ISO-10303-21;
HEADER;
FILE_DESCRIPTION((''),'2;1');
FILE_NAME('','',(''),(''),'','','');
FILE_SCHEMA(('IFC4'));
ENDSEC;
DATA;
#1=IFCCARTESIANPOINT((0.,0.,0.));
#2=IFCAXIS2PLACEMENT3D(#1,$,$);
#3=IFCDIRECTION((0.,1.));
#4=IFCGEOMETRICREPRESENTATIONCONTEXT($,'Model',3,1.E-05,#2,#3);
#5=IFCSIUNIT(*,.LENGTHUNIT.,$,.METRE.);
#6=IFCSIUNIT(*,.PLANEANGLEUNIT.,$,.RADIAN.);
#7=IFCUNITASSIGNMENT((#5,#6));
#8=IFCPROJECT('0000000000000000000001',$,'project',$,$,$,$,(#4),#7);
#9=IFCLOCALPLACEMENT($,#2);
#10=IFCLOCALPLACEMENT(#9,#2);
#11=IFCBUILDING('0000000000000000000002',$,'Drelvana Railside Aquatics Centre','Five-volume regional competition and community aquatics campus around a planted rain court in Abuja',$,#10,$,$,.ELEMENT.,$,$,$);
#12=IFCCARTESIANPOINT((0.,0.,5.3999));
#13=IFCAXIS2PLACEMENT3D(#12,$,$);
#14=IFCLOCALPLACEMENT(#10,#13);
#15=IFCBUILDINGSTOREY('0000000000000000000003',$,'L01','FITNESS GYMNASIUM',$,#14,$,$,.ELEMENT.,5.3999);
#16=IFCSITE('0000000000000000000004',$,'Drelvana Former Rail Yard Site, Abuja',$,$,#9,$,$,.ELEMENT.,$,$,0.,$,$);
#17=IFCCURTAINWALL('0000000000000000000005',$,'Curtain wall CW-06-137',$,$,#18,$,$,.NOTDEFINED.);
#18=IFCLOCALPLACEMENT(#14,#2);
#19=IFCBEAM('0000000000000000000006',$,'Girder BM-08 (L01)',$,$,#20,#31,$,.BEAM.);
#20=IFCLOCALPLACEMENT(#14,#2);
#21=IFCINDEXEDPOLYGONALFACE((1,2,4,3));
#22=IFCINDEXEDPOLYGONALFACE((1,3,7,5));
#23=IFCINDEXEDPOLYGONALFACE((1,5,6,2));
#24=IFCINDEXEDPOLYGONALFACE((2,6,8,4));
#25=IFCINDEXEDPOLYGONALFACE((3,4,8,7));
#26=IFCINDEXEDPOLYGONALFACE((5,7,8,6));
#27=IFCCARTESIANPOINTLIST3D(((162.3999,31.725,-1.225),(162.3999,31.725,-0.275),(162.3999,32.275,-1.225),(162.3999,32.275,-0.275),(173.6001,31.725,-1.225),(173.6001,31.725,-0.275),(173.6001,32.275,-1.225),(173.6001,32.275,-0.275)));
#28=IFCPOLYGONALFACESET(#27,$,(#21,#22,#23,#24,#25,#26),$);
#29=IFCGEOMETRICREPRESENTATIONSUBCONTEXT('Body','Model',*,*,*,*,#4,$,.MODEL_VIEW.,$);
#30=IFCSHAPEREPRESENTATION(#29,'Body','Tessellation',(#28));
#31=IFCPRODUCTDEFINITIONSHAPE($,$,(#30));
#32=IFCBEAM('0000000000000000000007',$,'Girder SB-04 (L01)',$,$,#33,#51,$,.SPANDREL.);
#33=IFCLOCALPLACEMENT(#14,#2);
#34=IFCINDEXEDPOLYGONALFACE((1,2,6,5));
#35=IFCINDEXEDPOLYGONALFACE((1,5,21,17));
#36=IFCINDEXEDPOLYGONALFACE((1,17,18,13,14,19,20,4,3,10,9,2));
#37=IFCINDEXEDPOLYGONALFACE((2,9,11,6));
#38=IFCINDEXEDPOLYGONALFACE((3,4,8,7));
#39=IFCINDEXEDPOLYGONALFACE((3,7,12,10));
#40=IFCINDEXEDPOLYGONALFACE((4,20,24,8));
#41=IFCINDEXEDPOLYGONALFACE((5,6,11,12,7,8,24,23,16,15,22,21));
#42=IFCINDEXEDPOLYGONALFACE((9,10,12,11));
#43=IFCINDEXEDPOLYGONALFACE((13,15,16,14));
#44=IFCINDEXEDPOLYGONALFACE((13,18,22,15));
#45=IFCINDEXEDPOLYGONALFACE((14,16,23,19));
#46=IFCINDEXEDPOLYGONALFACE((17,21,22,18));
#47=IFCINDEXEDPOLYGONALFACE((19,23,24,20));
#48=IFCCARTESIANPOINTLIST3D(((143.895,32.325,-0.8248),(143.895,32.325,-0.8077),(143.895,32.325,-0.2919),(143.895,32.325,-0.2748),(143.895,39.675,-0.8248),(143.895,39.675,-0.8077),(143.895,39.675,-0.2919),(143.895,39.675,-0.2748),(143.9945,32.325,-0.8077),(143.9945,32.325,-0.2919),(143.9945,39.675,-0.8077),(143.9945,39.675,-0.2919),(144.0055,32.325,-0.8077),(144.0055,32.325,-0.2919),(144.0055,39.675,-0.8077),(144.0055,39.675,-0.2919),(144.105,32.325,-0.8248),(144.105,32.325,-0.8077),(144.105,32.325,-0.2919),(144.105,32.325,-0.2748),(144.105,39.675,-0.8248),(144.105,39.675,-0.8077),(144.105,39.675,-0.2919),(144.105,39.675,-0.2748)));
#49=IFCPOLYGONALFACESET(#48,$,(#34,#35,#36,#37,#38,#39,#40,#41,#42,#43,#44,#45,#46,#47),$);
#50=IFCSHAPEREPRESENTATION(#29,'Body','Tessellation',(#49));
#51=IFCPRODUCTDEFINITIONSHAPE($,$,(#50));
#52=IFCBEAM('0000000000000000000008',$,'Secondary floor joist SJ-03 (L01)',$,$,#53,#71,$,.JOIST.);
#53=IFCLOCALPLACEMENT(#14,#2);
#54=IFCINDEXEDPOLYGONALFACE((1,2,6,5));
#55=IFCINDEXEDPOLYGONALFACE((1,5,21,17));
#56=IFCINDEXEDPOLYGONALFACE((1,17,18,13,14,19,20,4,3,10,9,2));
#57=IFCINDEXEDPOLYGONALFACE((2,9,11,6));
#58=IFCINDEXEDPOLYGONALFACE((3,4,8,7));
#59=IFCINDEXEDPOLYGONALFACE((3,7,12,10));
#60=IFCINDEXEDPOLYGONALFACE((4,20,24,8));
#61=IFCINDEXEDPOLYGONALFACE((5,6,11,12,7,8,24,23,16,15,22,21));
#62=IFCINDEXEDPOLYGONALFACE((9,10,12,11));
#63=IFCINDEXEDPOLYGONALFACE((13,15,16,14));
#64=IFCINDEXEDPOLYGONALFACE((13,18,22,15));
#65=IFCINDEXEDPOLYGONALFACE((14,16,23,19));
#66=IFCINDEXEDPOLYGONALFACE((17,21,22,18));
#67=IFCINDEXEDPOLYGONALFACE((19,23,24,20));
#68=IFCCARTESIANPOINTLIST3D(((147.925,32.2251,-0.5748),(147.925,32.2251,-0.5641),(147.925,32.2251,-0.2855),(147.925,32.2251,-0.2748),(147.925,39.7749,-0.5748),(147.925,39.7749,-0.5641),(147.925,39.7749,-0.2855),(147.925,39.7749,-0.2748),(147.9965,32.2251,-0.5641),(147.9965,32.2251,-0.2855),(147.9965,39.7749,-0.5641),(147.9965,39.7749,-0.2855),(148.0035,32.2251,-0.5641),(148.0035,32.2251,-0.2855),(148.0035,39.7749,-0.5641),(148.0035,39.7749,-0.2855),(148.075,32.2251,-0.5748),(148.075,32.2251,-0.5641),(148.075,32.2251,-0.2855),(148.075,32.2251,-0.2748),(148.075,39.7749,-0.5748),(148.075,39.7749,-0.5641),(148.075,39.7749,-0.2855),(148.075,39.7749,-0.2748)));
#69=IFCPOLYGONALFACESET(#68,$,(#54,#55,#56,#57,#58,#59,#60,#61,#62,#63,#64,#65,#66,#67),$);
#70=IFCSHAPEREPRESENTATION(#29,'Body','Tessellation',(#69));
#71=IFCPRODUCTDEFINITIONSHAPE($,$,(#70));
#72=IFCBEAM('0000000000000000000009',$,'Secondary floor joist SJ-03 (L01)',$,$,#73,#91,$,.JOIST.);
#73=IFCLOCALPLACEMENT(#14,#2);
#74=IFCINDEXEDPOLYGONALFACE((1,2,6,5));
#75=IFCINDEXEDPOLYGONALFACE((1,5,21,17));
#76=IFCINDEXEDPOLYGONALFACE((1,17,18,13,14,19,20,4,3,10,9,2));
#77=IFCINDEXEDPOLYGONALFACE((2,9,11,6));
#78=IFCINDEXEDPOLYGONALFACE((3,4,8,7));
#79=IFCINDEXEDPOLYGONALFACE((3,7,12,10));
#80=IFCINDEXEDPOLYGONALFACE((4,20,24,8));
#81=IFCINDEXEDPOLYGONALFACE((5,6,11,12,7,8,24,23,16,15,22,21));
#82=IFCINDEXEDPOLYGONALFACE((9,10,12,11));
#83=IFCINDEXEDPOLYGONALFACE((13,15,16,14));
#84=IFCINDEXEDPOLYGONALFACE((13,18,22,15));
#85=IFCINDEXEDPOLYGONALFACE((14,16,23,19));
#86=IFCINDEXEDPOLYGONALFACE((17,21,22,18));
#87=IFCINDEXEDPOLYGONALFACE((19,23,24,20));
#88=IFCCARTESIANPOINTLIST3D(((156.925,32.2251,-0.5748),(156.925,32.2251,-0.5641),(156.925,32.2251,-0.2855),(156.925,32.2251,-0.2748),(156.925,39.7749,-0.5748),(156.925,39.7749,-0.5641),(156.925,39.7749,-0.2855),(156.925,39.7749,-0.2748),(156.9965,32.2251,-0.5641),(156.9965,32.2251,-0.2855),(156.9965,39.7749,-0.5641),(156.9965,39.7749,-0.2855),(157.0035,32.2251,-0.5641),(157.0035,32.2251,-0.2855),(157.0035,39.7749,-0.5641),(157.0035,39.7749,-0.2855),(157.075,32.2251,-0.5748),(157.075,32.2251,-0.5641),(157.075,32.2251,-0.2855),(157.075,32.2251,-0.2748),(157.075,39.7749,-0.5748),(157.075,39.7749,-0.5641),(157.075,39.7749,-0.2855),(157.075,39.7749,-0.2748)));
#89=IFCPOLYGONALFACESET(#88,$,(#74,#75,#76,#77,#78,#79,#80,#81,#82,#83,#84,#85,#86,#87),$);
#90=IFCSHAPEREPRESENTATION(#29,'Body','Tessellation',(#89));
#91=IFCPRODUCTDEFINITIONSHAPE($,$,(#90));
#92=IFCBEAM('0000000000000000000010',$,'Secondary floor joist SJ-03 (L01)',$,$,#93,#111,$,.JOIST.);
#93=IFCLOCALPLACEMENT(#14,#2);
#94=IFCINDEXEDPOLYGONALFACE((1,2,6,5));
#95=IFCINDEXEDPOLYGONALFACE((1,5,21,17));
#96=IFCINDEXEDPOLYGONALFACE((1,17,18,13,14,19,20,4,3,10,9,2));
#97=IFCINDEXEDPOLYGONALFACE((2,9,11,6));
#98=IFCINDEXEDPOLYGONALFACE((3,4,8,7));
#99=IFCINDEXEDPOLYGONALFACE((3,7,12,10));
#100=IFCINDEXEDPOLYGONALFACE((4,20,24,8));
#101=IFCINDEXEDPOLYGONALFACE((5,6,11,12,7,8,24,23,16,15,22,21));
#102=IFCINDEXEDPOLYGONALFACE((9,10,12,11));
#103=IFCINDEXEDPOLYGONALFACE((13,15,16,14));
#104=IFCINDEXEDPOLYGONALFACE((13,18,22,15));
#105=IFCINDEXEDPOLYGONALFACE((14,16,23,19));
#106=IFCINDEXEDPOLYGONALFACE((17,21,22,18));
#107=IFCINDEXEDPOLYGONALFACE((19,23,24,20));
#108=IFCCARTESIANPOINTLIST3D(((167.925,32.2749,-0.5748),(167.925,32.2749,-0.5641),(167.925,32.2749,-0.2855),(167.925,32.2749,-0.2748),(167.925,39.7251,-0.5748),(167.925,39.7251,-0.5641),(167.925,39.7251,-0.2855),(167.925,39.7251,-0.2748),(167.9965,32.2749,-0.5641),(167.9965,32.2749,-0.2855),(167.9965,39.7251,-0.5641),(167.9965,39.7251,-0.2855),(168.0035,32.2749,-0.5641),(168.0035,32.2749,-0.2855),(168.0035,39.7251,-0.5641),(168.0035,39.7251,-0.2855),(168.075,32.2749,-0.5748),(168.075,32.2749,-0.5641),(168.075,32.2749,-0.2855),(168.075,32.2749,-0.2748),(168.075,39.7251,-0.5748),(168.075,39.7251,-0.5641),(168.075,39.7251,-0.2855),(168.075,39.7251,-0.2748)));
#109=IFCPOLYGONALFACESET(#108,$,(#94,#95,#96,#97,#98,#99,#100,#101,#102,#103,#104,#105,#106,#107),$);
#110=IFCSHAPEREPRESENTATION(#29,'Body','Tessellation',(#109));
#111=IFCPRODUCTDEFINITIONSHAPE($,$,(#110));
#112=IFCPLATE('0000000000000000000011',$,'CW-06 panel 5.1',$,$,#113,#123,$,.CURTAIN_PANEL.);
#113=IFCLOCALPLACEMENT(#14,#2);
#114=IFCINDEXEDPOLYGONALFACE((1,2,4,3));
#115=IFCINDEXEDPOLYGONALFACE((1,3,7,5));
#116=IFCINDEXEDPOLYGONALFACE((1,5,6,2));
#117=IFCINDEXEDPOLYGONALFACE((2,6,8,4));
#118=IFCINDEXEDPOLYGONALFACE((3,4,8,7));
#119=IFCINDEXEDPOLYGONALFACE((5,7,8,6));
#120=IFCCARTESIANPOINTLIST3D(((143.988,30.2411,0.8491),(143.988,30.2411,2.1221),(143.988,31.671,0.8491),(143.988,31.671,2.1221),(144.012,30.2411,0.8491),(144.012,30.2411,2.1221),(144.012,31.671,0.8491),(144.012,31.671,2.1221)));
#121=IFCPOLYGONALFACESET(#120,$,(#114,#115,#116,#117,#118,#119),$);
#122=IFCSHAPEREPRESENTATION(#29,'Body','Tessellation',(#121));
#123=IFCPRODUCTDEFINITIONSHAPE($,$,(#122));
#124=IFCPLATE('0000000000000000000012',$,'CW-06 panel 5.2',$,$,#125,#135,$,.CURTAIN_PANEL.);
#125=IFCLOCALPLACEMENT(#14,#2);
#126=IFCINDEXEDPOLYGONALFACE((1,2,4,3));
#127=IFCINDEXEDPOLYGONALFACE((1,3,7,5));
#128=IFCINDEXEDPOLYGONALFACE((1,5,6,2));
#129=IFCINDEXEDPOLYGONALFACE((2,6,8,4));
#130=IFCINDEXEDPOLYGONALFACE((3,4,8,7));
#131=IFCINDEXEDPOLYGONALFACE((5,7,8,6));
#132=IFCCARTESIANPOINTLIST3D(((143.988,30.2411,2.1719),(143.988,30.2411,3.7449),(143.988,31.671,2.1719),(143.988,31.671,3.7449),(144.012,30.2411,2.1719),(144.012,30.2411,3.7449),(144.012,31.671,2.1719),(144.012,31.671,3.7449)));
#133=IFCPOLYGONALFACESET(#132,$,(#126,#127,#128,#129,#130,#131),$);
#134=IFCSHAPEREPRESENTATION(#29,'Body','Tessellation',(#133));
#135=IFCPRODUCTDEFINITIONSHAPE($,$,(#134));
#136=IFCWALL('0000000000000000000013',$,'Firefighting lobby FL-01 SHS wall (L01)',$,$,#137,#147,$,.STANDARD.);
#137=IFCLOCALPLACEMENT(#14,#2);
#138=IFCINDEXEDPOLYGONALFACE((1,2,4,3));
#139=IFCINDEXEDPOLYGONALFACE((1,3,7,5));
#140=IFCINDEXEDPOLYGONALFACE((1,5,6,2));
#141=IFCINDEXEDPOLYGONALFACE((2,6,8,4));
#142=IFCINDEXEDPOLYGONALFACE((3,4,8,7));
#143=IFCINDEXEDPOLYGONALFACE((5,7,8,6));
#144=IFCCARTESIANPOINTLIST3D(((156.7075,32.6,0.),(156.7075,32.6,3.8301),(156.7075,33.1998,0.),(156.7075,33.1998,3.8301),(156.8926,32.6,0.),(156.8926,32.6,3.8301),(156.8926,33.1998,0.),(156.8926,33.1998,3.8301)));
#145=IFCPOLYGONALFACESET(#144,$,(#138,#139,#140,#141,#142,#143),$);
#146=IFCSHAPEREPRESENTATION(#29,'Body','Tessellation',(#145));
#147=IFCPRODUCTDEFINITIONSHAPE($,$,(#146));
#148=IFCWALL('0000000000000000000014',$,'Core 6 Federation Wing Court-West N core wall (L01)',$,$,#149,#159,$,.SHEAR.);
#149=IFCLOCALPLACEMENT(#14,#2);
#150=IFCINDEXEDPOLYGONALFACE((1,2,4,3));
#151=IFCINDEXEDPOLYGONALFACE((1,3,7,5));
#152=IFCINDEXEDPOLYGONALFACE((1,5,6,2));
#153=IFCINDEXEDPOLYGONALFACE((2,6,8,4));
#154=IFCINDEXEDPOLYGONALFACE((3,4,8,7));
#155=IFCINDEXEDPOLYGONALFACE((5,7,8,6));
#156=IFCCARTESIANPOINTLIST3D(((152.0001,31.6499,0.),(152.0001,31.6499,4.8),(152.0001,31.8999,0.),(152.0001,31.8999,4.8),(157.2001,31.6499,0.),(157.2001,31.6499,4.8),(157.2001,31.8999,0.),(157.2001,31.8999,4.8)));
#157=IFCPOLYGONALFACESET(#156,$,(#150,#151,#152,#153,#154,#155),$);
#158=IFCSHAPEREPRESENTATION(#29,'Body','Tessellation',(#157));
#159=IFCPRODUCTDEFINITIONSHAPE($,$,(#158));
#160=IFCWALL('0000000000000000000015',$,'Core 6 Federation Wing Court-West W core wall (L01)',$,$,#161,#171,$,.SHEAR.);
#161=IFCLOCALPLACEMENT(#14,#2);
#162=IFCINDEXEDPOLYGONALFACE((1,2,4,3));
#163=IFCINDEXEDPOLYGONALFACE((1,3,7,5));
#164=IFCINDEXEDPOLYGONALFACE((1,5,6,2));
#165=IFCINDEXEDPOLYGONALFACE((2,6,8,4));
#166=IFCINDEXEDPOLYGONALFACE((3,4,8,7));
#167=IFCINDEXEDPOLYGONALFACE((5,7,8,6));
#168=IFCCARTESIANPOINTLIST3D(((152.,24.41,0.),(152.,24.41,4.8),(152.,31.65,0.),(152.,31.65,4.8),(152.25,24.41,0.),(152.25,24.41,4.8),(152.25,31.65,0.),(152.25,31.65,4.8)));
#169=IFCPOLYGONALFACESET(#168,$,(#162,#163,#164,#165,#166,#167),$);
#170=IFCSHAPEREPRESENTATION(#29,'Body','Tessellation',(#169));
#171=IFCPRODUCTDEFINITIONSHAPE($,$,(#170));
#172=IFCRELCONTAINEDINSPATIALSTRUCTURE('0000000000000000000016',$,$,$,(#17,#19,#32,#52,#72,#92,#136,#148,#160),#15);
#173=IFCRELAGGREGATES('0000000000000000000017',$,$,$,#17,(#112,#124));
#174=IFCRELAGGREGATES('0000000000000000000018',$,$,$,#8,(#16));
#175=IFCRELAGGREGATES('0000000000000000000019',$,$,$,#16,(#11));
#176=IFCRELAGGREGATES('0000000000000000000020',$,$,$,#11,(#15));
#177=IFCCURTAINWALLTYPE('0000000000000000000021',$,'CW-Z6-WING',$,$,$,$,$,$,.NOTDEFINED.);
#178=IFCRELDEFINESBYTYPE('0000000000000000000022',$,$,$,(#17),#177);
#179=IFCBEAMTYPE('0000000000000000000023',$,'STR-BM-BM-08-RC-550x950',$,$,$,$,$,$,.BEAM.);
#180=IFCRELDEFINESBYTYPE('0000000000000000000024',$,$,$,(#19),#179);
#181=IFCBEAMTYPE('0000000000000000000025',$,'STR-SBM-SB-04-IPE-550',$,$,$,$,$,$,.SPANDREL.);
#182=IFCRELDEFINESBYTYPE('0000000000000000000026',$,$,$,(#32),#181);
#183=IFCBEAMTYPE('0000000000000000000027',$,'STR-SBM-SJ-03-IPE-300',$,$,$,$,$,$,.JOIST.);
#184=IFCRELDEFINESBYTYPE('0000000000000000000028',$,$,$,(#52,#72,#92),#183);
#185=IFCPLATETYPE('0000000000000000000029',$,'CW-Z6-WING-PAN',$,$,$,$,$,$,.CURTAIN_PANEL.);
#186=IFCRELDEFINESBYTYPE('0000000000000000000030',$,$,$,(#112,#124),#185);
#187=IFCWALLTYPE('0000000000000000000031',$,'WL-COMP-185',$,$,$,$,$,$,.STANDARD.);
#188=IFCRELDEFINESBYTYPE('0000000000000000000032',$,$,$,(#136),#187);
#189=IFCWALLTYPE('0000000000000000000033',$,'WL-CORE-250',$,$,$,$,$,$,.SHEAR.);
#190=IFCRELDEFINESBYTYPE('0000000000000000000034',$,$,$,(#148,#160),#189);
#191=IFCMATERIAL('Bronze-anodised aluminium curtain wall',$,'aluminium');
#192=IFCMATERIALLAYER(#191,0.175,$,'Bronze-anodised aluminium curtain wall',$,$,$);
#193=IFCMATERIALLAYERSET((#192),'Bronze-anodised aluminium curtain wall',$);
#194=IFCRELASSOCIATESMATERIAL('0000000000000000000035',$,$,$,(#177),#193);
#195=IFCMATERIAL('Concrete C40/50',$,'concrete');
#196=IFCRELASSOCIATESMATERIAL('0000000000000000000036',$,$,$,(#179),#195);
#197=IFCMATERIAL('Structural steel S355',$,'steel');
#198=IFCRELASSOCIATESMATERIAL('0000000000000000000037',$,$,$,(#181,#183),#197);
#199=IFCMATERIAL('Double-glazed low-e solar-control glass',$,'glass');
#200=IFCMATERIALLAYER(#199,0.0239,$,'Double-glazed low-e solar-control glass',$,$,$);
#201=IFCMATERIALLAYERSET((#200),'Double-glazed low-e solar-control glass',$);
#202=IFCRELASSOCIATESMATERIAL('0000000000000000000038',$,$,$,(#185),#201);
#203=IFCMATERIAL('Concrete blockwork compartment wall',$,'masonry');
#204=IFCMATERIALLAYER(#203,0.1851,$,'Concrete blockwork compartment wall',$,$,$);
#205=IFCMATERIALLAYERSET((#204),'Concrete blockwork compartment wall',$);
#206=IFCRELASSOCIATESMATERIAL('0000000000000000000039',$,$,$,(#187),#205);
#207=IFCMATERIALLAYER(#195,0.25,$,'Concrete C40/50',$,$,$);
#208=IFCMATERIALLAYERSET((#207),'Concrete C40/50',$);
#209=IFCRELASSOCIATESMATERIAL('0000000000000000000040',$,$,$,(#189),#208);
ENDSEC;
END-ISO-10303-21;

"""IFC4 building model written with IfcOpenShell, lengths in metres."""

from ifc_helpers import new_model, si_unit, direction, frame, frame_2d, origin, origin_2d, place, context, subcontext, project, spatial, rectangle, i_section, extrude, material, layer, layer_set, material_profile, profile_set, type_object, element, aggregate, save


model = new_model("IFC4")

# Units and contexts
model_context = context("Model", 3, precision=1e-05, world=origin(), true_north=direction((0.0, 1.0)))
body_context = subcontext(model_context, "Body", "Model", "MODEL_VIEW")
ifc_project = project(units=[si_unit("LENGTHUNIT", "METRE"), si_unit("PLANEANGLEUNIT", "RADIAN")], contexts=[model_context])

# Site, building, storey
site_placement = place(None, origin())
site = spatial("IfcSite", under=ifc_project, at=site_placement, Name="Drelvana Former Rail Yard Site, Abuja", CompositionType="ELEMENT", RefElevation=0.0)
building_placement = place(site_placement, origin())
building = spatial("IfcBuilding", under=site, at=building_placement, Name="Drelvana Railside Aquatics Centre", Description="Five-volume regional competition and community aquatics campus around a planted rain court in Abuja", CompositionType="ELEMENT")
storey_placement = place(building_placement, frame((0.0, 0.0, 5.3999)))
storey = spatial("IfcBuildingStorey", under=building, at=storey_placement, Name="L01", Description="FITNESS GYMNASIUM", CompositionType="ELEMENT", Elevation=5.3999)

# Shared definitions
ifc_material_1 = material(Name="Concrete C40/50", Category="concrete")

# Curtain wall
ifc_material_2 = material(Name="Bronze-anodised aluminium curtain wall", Category="aluminium")
ifc_layer_1 = layer(ifc_material_2, 0.175, Name="Bronze-anodised aluminium curtain wall")
ifc_layer_set_1 = layer_set([ifc_layer_1], Name="Bronze-anodised aluminium curtain wall")
curtain_wall_type = type_object("IfcCurtainWallType", Name="CW-Z6-WING", PredefinedType="NOTDEFINED", material=ifc_layer_set_1)
curtain_wall_1_placement = place(storey_placement, origin())
curtain_wall_1 = element("IfcCurtainWall", 1, at=curtain_wall_1_placement, inside=storey, type_object=curtain_wall_type, Name="Curtain wall CW-06-137", PredefinedType="NOTDEFINED")

# Beams
ifc_material_profile_1 = material_profile(ifc_material_1, rectangle(XDim=0.55, YDim=0.95, at=origin_2d()), Name="RC 550x950")
ifc_profile_set_1 = profile_set([ifc_material_profile_1], Name="Concrete C40/50")
beam_type_1 = type_object("IfcBeamType", Name="STR-BM-BM-08-RC-550x950", PredefinedType="BEAM", material=ifc_profile_set_1)
beam_1_placement = place(storey_placement, frame((162.3999, 32.0, -0.75), z_axis=(1.0, 0.0, 0.0), x_axis=(0.0, 1.0, 0.0)))
element("IfcBeam", 2, at=beam_1_placement, inside=storey, type_object=beam_type_1, Name="Girder BM-08 (L01)", PredefinedType="BEAM", context=body_context, shape_type="SweptSolid", body=[
    extrude(rectangle(XDim=0.55, YDim=0.95, at=origin_2d()), origin(), (0.0, 0.0, 1.0), 11.2002),
])
ifc_material_3 = material(Name="Structural steel S355", Category="steel")
ifc_material_profile_2 = material_profile(ifc_material_3, i_section(OverallWidth=0.21, OverallDepth=0.55, WebThickness=0.011, FlangeThickness=0.0171, at=origin_2d()), Name="IPE 550")
ifc_profile_set_2 = profile_set([ifc_material_profile_2], Name="Structural steel S355")
beam_type_2 = type_object("IfcBeamType", Name="STR-SBM-SB-04-IPE-550", PredefinedType="SPANDREL", material=ifc_profile_set_2)
beam_2_placement = place(storey_placement, frame((144.0, 32.325, -0.5498), z_axis=(0.0, 1.0, 0.0), x_axis=(-1.0, 0.0, 0.0)))
element("IfcBeam", 3, at=beam_2_placement, inside=storey, type_object=beam_type_2, Name="Girder SB-04 (L01)", PredefinedType="SPANDREL", context=body_context, shape_type="SweptSolid", body=[
    extrude(i_section(OverallWidth=0.21, OverallDepth=0.55, WebThickness=0.011, FlangeThickness=0.0171, at=origin_2d()), origin(), (0.0, 0.0, 1.0), 7.3501),
])
ifc_material_profile_3 = material_profile(ifc_material_3, i_section(OverallWidth=0.1499, OverallDepth=0.3, WebThickness=0.0071, FlangeThickness=0.0107, at=origin_2d()), Name="IPE 300")
ifc_profile_set_3 = profile_set([ifc_material_profile_3], Name="Structural steel S355")
beam_type_3 = type_object("IfcBeamType", Name="STR-SBM-SJ-03-IPE-300", PredefinedType="JOIST", material=ifc_profile_set_3)
for number, where, z_axis, x_axis, name in (
    (4, (148.0, 32.2251, -0.4248), (0.0, 1.0, 0.0), (-1.0, 0.0, 0.0), "Secondary floor joist SJ-03 (L01)"),
    (5, (157.0, 32.2251, -0.4248), (0.0, 1.0, 0.0), (-1.0, 0.0, 0.0), "Secondary floor joist SJ-03 (L01)"),
):
    element("IfcBeam", number, at=place(storey_placement, frame(where, z_axis=z_axis, x_axis=x_axis)), inside=storey, type_object=beam_type_3, Name=name, PredefinedType="JOIST", context=body_context, shape_type="SweptSolid", body=[
        extrude(i_section(OverallWidth=0.1499, OverallDepth=0.3, WebThickness=0.0071, FlangeThickness=0.0107, at=origin_2d()), origin(), (0.0, 0.0, 1.0), 7.5498),
    ])
beam_3_placement = place(storey_placement, frame((168.0, 32.2749, -0.4248), z_axis=(0.0, 1.0, 0.0), x_axis=(-1.0, 0.0, 0.0)))
element("IfcBeam", 6, at=beam_3_placement, inside=storey, type_object=beam_type_3, Name="Secondary floor joist SJ-03 (L01)", PredefinedType="JOIST", context=body_context, shape_type="SweptSolid", body=[
    extrude(i_section(OverallWidth=0.1499, OverallDepth=0.3, WebThickness=0.0071, FlangeThickness=0.0107, at=origin_2d()), origin(), (0.0, 0.0, 1.0), 7.4502),
])

# Plates
ifc_material_4 = material(Name="Double-glazed low-e solar-control glass", Category="glass")
ifc_layer_2 = layer(ifc_material_4, 0.0239, Name="Double-glazed low-e solar-control glass")
ifc_layer_set_2 = layer_set([ifc_layer_2], Name="Double-glazed low-e solar-control glass")
plate_type = type_object("IfcPlateType", Name="CW-Z6-WING-PAN", PredefinedType="CURTAIN_PANEL", material=ifc_layer_set_2)
plate_1_placement = place(storey_placement, frame((144.0, 30.9561, 0.8491), z_axis=(0.0, 0.0, 1.0), x_axis=(0.0, 1.0, 0.0)))
plate_1 = element("IfcPlate", 7, at=plate_1_placement, type_object=plate_type, Name="CW-06 panel 5.1", PredefinedType="CURTAIN_PANEL", context=body_context, shape_type="SweptSolid", body=[
    extrude(rectangle(XDim=1.4299, YDim=0.0239, at=origin_2d()), origin(), (0.0, 0.0, 1.0), 1.2729),
])
plate_2_placement = place(storey_placement, frame((144.0, 30.9561, 2.1719), z_axis=(0.0, 0.0, 1.0), x_axis=(0.0, 1.0, 0.0)))
plate_2 = element("IfcPlate", 8, at=plate_2_placement, type_object=plate_type, Name="CW-06 panel 5.2", PredefinedType="CURTAIN_PANEL", context=body_context, shape_type="SweptSolid", body=[
    extrude(rectangle(XDim=1.4299, YDim=0.0239, at=origin_2d()), origin(), (0.0, 0.0, 1.0), 1.573),
])
aggregate(curtain_wall_1, [plate_1, plate_2])

# Walls
ifc_material_5 = material(Name="Concrete blockwork compartment wall", Category="masonry")
ifc_layer_3 = layer(ifc_material_5, 0.1851, Name="Concrete blockwork compartment wall")
ifc_layer_set_3 = layer_set([ifc_layer_3], Name="Concrete blockwork compartment wall")
wall_type_1 = type_object("IfcWallType", Name="WL-COMP-185", PredefinedType="STANDARD", material=ifc_layer_set_3)
wall_1_placement = place(storey_placement, frame((156.8, 32.6001, 0.0), z_axis=(0.0, 0.0, 1.0), x_axis=(0.0, 1.0, 0.0)))
element("IfcWall", 9, at=wall_1_placement, inside=storey, type_object=wall_type_1, Name="Firefighting lobby FL-01 SHS wall (L01)", PredefinedType="STANDARD", context=body_context, shape_type="SweptSolid", body=[
    extrude(rectangle(XDim=0.5999, YDim=0.1851, at=frame_2d((0.2998, 0.0))), origin(), (0.0, 0.0, 1.0), 3.8301),
])
ifc_layer_4 = layer(ifc_material_1, 0.25, Name="Concrete C40/50")
ifc_layer_set_4 = layer_set([ifc_layer_4], Name="Concrete C40/50")
wall_type_2 = type_object("IfcWallType", Name="WL-CORE-250", PredefinedType="SHEAR", material=ifc_layer_set_4)
wall_2_placement = place(storey_placement, frame((152.0, 31.7749, 0.0), z_axis=(0.0, 0.0, 1.0), x_axis=(1.0, 0.0, 0.0)))
element("IfcWall", 10, at=wall_2_placement, inside=storey, type_object=wall_type_2, Name="Core 6 Federation Wing Court-West N core wall (L01)", PredefinedType="SHEAR", context=body_context, shape_type="SweptSolid", body=[
    extrude(rectangle(XDim=5.2, YDim=0.25, at=frame_2d((2.6001, 0.0))), origin(), (0.0, 0.0, 1.0), 4.8),
])
wall_3_placement = place(storey_placement, frame((152.125, 24.4099, 0.0), z_axis=(0.0, 0.0, 1.0), x_axis=(0.0, 1.0, 0.0)))
element("IfcWall", 11, at=wall_3_placement, inside=storey, type_object=wall_type_2, Name="Core 6 Federation Wing Court-West W core wall (L01)", PredefinedType="SHEAR", context=body_context, shape_type="SweptSolid", body=[
    extrude(rectangle(XDim=7.24, YDim=0.25, at=frame_2d((3.6201, 0.0))), origin(), (0.0, 0.0, 1.0), 4.8),
])

save(model, "model.ifc")
